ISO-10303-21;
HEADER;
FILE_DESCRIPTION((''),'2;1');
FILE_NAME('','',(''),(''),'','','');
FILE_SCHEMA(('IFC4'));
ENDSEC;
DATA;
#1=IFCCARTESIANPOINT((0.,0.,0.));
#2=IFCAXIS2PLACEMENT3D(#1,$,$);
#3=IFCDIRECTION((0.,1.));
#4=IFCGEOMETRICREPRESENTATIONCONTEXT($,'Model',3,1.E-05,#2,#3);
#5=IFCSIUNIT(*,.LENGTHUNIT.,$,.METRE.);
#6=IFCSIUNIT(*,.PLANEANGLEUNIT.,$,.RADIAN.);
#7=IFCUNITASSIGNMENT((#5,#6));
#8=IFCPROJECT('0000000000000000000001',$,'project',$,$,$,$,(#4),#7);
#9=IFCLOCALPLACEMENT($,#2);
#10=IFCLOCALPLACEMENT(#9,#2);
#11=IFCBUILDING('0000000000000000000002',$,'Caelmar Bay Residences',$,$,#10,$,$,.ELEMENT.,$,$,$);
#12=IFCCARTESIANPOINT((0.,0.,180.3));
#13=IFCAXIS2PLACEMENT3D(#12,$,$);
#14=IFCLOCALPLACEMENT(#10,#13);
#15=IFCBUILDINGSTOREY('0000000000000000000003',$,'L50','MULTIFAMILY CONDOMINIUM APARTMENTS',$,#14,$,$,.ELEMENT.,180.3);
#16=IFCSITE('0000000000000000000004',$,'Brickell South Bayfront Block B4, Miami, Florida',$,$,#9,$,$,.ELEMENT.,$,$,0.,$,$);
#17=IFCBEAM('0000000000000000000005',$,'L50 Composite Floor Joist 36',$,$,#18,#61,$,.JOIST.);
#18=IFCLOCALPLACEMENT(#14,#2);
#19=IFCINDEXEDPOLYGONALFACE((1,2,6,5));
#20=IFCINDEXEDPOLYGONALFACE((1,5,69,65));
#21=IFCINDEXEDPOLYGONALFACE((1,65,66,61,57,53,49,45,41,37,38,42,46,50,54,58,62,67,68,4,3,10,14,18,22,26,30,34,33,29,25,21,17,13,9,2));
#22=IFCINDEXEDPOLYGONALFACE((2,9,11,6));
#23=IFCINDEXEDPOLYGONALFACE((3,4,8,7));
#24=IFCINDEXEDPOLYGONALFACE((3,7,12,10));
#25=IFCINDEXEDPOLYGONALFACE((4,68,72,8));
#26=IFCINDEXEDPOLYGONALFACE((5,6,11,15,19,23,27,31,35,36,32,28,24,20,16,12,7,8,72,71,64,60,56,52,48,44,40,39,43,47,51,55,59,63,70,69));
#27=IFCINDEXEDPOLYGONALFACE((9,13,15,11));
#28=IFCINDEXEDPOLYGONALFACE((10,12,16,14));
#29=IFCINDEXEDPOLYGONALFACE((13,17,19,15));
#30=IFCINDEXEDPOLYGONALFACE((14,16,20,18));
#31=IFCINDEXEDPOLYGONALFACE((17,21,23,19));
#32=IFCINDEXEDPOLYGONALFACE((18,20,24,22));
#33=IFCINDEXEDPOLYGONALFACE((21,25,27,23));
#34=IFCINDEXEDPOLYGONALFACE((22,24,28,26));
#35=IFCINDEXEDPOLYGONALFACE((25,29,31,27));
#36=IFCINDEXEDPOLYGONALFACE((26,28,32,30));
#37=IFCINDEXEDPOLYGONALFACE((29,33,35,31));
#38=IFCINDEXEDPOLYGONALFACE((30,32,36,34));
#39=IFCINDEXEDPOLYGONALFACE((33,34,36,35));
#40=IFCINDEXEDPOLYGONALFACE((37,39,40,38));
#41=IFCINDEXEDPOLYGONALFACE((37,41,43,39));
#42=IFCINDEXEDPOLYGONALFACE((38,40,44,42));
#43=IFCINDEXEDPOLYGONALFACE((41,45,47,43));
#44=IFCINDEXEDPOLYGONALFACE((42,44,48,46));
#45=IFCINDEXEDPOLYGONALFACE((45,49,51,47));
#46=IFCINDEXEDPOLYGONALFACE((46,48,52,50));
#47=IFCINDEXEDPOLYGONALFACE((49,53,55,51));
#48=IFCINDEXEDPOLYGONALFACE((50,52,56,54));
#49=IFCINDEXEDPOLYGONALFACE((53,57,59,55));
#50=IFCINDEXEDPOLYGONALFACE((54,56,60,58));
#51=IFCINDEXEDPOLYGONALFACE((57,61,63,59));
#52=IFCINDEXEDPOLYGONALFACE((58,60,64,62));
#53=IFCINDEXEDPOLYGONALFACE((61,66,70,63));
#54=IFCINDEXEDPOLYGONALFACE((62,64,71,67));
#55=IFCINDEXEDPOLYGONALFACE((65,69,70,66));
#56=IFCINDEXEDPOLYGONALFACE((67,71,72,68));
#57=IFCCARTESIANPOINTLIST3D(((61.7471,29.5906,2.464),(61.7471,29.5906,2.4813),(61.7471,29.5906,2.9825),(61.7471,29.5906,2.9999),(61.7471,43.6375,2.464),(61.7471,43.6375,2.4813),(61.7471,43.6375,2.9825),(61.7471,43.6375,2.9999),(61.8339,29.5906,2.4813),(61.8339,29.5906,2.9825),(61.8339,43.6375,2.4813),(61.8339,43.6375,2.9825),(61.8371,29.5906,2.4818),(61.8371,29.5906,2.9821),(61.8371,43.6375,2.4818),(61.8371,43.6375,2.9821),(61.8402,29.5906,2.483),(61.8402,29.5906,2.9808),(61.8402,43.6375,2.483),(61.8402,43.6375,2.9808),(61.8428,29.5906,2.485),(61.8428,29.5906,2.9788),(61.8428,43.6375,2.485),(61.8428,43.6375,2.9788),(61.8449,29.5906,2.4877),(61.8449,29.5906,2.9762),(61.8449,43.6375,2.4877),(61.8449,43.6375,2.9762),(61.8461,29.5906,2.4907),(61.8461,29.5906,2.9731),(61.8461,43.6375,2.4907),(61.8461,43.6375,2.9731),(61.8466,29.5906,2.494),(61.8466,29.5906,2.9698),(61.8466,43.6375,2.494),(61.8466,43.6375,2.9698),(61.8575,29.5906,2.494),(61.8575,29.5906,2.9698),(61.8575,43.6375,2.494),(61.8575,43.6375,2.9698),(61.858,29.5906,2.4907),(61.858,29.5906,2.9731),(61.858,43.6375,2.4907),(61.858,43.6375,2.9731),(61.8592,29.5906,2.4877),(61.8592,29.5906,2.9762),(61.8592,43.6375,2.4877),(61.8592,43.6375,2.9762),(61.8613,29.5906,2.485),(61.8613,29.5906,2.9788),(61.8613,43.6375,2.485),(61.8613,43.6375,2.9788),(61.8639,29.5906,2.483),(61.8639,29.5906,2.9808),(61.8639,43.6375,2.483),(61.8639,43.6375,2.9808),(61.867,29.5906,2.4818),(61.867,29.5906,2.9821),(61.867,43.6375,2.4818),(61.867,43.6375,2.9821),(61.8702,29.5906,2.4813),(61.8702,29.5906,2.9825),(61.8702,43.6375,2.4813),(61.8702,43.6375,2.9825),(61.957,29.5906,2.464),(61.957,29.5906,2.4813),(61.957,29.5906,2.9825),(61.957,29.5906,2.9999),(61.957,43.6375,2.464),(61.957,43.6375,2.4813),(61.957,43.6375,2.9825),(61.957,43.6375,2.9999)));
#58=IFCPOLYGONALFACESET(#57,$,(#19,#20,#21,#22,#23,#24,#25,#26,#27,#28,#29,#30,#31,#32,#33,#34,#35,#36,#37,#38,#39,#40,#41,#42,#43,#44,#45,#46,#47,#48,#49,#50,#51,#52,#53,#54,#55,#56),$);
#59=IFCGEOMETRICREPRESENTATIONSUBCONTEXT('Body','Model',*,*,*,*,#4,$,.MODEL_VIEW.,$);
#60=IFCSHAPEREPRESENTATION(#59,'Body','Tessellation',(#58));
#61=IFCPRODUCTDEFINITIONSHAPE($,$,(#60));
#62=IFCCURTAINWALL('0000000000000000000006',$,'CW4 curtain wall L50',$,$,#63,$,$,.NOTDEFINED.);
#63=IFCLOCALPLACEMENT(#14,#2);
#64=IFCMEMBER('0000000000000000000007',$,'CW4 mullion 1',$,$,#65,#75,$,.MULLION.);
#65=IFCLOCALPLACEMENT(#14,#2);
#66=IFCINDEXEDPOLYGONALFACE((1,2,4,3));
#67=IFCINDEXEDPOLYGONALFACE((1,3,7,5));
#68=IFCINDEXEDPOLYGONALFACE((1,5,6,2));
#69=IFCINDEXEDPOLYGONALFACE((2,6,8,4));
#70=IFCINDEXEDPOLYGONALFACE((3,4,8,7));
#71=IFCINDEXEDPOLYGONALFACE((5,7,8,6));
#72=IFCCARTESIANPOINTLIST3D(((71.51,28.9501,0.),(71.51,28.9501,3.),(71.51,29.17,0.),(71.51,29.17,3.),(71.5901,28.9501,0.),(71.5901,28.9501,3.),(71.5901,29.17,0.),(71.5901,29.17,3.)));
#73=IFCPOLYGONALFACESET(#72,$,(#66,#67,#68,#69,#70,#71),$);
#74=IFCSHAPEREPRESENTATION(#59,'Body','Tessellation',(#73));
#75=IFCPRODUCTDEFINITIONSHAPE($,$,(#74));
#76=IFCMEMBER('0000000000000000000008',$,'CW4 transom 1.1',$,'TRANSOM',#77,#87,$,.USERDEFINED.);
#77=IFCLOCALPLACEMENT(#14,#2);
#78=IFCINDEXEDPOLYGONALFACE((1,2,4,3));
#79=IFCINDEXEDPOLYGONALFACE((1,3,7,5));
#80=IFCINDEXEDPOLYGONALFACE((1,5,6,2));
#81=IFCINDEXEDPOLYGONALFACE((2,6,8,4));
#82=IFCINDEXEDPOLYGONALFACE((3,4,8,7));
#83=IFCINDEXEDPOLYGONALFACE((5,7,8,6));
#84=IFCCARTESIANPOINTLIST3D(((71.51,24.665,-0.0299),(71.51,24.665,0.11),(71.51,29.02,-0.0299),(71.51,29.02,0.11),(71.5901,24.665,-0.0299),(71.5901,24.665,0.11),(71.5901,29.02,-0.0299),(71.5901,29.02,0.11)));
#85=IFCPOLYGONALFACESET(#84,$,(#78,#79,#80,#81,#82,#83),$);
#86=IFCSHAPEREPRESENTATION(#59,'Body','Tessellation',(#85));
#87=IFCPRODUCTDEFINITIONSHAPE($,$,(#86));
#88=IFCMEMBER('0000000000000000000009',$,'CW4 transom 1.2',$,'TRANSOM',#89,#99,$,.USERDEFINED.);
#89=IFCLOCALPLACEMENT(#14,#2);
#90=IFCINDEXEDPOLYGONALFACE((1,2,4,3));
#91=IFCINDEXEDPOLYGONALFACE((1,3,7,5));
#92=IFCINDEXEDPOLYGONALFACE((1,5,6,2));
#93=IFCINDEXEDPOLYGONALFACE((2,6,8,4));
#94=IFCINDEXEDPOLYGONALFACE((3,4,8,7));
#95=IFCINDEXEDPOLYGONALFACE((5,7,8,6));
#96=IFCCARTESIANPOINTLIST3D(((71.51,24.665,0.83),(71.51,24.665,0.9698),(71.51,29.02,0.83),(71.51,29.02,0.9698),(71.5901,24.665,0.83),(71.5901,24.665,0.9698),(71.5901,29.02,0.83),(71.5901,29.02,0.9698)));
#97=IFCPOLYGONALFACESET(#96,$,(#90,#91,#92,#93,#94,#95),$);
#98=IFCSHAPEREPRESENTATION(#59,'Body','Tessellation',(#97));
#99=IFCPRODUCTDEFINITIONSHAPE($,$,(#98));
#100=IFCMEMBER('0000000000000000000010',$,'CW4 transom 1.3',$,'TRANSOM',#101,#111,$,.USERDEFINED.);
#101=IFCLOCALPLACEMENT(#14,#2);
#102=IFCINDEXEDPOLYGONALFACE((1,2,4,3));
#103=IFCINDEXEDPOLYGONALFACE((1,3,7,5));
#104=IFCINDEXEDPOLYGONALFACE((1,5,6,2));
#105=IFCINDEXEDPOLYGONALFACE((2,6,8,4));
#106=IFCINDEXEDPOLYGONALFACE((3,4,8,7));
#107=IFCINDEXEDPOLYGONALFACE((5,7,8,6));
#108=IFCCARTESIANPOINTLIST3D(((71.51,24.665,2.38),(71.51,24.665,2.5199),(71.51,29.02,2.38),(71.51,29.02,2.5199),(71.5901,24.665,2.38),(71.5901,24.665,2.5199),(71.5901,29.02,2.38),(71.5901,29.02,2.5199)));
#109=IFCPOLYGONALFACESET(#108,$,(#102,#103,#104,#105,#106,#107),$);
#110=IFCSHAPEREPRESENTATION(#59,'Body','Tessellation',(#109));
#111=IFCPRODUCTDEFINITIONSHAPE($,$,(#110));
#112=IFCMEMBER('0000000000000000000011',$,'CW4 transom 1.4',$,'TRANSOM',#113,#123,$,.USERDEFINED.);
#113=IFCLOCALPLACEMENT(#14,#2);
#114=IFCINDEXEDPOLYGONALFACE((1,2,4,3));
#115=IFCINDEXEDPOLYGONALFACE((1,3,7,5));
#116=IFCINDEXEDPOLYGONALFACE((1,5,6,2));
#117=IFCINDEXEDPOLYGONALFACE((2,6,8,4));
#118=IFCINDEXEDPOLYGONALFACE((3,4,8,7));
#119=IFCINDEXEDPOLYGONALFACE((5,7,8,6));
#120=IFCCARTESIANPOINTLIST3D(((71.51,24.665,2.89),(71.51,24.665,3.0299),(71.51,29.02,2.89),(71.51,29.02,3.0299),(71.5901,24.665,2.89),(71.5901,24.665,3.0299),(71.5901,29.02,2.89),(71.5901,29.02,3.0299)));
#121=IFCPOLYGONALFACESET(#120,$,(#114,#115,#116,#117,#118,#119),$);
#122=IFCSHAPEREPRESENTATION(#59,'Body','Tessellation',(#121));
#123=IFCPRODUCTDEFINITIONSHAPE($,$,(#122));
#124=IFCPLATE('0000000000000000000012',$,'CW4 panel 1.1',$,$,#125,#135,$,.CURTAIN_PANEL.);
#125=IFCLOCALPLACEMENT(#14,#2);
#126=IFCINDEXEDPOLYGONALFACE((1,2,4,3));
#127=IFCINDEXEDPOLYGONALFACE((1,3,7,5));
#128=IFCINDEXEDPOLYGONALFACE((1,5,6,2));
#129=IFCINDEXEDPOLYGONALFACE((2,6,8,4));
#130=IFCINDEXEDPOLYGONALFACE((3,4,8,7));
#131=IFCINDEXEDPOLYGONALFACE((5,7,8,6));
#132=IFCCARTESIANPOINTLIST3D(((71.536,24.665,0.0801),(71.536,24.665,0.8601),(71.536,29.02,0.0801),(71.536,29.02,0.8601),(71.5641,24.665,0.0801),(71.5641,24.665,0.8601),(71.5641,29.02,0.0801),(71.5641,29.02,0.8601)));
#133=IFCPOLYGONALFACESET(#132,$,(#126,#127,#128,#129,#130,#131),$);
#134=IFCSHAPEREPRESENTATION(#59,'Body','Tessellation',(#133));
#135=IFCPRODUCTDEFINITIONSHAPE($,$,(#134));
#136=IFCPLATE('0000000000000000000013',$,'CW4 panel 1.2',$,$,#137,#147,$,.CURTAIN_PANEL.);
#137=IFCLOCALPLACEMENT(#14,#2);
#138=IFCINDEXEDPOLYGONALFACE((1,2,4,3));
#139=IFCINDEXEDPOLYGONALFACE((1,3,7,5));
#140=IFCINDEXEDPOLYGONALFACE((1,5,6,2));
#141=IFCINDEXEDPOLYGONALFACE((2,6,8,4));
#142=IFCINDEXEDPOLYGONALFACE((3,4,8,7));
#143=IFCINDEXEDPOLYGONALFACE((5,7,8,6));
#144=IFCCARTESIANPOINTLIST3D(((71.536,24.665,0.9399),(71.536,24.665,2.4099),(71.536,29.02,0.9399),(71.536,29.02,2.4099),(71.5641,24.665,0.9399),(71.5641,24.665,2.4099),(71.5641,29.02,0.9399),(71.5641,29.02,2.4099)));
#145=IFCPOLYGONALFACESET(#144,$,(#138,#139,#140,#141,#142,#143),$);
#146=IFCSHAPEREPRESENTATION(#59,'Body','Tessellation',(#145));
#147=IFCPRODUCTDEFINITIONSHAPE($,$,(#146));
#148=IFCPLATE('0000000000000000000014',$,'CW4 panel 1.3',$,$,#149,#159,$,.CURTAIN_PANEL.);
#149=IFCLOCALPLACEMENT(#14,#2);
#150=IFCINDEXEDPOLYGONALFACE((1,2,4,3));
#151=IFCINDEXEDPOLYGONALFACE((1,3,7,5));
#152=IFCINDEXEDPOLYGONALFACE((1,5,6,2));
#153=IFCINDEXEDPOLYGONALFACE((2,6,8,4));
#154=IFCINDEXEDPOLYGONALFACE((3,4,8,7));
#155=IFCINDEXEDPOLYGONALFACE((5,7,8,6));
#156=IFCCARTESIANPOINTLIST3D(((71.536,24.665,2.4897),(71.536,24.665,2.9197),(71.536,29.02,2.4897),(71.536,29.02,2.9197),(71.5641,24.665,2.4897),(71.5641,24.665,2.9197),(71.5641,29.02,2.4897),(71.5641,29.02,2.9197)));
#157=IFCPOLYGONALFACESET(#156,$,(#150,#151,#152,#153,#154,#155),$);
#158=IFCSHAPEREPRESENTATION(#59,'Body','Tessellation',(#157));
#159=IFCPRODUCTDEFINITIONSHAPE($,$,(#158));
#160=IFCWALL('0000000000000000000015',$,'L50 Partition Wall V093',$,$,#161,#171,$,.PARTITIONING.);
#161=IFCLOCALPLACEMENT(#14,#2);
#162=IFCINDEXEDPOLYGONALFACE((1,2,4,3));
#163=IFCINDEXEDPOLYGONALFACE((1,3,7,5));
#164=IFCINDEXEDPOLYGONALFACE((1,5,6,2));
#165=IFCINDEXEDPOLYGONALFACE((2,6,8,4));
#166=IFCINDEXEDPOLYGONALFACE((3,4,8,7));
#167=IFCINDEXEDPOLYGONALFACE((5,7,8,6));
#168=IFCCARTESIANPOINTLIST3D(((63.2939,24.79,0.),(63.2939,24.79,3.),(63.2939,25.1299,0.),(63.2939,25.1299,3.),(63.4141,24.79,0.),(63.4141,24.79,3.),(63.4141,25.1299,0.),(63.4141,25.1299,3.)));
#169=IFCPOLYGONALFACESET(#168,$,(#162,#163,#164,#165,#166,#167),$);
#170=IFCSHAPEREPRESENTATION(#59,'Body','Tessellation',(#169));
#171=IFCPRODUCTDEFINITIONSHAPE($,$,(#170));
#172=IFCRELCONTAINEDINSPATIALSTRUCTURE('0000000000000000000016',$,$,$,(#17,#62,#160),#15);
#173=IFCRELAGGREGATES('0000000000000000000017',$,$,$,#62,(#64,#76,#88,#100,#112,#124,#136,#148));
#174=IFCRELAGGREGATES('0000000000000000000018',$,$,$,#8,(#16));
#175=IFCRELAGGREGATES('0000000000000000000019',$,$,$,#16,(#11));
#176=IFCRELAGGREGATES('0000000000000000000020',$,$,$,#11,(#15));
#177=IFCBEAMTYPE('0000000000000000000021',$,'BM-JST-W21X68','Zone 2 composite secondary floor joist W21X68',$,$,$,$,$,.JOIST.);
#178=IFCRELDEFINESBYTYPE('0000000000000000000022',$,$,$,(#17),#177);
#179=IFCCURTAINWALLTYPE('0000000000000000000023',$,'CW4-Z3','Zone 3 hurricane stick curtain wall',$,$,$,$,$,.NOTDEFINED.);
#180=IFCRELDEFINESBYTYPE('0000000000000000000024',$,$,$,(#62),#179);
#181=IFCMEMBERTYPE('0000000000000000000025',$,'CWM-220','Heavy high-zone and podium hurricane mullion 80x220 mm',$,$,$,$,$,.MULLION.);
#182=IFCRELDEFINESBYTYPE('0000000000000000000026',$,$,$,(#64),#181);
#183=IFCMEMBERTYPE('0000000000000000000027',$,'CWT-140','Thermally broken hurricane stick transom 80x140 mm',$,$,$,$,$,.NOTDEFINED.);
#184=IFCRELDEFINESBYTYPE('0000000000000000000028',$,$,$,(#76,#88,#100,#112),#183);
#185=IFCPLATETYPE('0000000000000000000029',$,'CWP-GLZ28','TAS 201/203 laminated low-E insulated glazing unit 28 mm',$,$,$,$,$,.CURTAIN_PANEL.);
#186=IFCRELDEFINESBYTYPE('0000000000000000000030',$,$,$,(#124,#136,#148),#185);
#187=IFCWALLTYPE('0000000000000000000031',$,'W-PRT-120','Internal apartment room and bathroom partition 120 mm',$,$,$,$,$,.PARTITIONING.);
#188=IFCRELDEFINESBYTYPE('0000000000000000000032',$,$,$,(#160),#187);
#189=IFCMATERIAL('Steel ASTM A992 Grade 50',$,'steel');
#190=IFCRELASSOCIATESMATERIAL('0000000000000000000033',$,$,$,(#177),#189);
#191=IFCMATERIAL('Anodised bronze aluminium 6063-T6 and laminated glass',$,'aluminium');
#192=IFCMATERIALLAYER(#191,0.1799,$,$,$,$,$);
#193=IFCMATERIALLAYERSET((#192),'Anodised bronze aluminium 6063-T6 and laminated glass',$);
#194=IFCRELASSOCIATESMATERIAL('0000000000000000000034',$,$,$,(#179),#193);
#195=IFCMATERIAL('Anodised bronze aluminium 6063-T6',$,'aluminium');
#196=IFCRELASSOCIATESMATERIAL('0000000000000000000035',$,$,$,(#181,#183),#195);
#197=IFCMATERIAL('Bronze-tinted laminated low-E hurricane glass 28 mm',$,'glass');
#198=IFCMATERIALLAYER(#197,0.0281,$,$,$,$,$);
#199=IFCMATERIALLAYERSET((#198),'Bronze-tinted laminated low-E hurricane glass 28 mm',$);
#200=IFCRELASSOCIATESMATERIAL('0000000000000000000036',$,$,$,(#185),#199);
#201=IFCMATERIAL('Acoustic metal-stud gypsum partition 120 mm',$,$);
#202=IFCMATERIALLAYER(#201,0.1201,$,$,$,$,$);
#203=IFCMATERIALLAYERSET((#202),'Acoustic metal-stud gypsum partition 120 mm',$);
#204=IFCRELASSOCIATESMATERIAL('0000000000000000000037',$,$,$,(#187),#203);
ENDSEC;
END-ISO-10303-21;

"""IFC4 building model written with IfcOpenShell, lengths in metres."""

from ifc_helpers import new_model, si_unit, direction, frame, frame_2d, origin, origin_2d, place, context, subcontext, project, spatial, rectangle, i_section, extrude, material, layer, layer_set, material_profile, profile_set, type_object, element, aggregate, save


model = new_model("IFC4")

# Units and contexts
model_context = context("Model", 3, precision=1e-05, world=origin(), true_north=direction((0.0, 1.0)))
body_context = subcontext(model_context, "Body", "Model", "MODEL_VIEW")
ifc_project = project(units=[si_unit("LENGTHUNIT", "METRE"), si_unit("PLANEANGLEUNIT", "RADIAN")], contexts=[model_context])

# Site, building, storey
site_placement = place(None, origin())
site = spatial("IfcSite", under=ifc_project, at=site_placement, Name="Brickell South Bayfront Block B4, Miami, Florida", CompositionType="ELEMENT", RefElevation=0.0)
building_placement = place(site_placement, origin())
building = spatial("IfcBuilding", under=site, at=building_placement, Name="Caelmar Bay Residences", CompositionType="ELEMENT")
storey_placement = place(building_placement, frame((0.0, 0.0, 180.3)))
storey = spatial("IfcBuildingStorey", under=building, at=storey_placement, Name="L50", Description="MULTIFAMILY CONDOMINIUM APARTMENTS", CompositionType="ELEMENT", Elevation=180.3)

# Beam
ifc_material_1 = material(Name="Steel ASTM A992 Grade 50", Category="steel")
ifc_material_profile_1 = material_profile(ifc_material_1, i_section(OverallWidth=0.21, OverallDepth=0.5359, WebThickness=0.011, FlangeThickness=0.0173, FilletRadius=0.0127, at=origin_2d()), Name="W21X68")
ifc_profile_set_1 = profile_set([ifc_material_profile_1], Name="Steel ASTM A992 Grade 50")
beam_type_1 = type_object("IfcBeamType", Name="BM-JST-W21X68", Description="Zone 2 composite secondary floor joist W21X68", PredefinedType="JOIST", material=ifc_profile_set_1)
beam_1_placement = place(storey_placement, frame((61.8521, 29.5906, 2.7319), z_axis=(0.0, 1.0, 0.0), x_axis=(-1.0, 0.0, 0.0)))
element("IfcBeam", 1, at=beam_1_placement, inside=storey, type_object=beam_type_1, Name="L50 Composite Floor Joist 36", PredefinedType="JOIST", context=body_context, shape_type="SweptSolid", body=[
    extrude(i_section(OverallWidth=0.21, OverallDepth=0.5359, WebThickness=0.011, FlangeThickness=0.0173, FilletRadius=0.0127, at=origin_2d()), origin(), (0.0, 0.0, 1.0), 14.0469),
])

# Curtain wall, members, plates
ifc_material_2 = material(Name="Anodised bronze aluminium 6063-T6 and laminated glass", Category="aluminium")
ifc_layer_1 = layer(ifc_material_2, 0.1799)
ifc_layer_set_1 = layer_set([ifc_layer_1], Name="Anodised bronze aluminium 6063-T6 and laminated glass")
curtain_wall_type = type_object("IfcCurtainWallType", Name="CW4-Z3", Description="Zone 3 hurricane stick curtain wall", PredefinedType="NOTDEFINED", material=ifc_layer_set_1)
curtain_wall_placement = place(storey_placement, origin())
curtain_wall = element("IfcCurtainWall", 2, at=curtain_wall_placement, inside=storey, type_object=curtain_wall_type, Name="CW4 curtain wall L50", PredefinedType="NOTDEFINED")
ifc_material_3 = material(Name="Anodised bronze aluminium 6063-T6", Category="aluminium")
ifc_material_profile_2 = material_profile(ifc_material_3, rectangle(XDim=0.0801, YDim=0.22, at=origin_2d()), Name="CWM-80X220")
ifc_profile_set_2 = profile_set([ifc_material_profile_2], Name="Anodised bronze aluminium 6063-T6")
member_type_1 = type_object("IfcMemberType", Name="CWM-220", Description="Heavy high-zone and podium hurricane mullion 80x220 mm", PredefinedType="MULLION", material=ifc_profile_set_2)
member_1_placement = place(storey_placement, frame((71.55, 29.0601, 0.0), z_axis=(0.0, 0.0, 1.0), x_axis=(1.0, 0.0, 0.0)))
member_1 = element("IfcMember", 3, at=member_1_placement, type_object=member_type_1, Name="CW4 mullion 1", PredefinedType="MULLION", context=body_context, shape_type="SweptSolid", body=[
    extrude(rectangle(XDim=0.0801, YDim=0.22, at=origin_2d()), origin(), (0.0, 0.0, 1.0), 3.0),
])
ifc_material_profile_3 = material_profile(ifc_material_3, rectangle(XDim=0.0801, YDim=0.1399, at=origin_2d()), Name="CWT-80X140")
ifc_profile_set_3 = profile_set([ifc_material_profile_3], Name="Anodised bronze aluminium 6063-T6")
member_type_2 = type_object("IfcMemberType", Name="CWT-140", Description="Thermally broken hurricane stick transom 80x140 mm", PredefinedType="NOTDEFINED", material=ifc_profile_set_3)
member_2_placement = place(storey_placement, frame((71.55, 29.02, 0.04), z_axis=(0.0, -1.0, 0.0), x_axis=(1.0, 0.0, 0.0)))
member_2 = element("IfcMember", 4, at=member_2_placement, type_object=member_type_2, Name="CW4 transom 1.1", ObjectType="TRANSOM", PredefinedType="USERDEFINED", context=body_context, shape_type="SweptSolid", body=[
    extrude(rectangle(XDim=0.0801, YDim=0.1399, at=origin_2d()), origin(), (0.0, 0.0, 1.0), 4.355),
])
member_3_placement = place(storey_placement, frame((71.55, 29.02, 0.8999), z_axis=(0.0, -1.0, 0.0), x_axis=(1.0, 0.0, 0.0)))
member_3 = element("IfcMember", 5, at=member_3_placement, type_object=member_type_2, Name="CW4 transom 1.2", ObjectType="TRANSOM", PredefinedType="USERDEFINED", context=body_context, shape_type="SweptSolid", body=[
    extrude(rectangle(XDim=0.0801, YDim=0.1399, at=origin_2d()), origin(), (0.0, 0.0, 1.0), 4.355),
])
member_4_placement = place(storey_placement, frame((71.55, 29.02, 2.45), z_axis=(0.0, -1.0, 0.0), x_axis=(1.0, 0.0, 0.0)))
member_4 = element("IfcMember", 6, at=member_4_placement, type_object=member_type_2, Name="CW4 transom 1.3", ObjectType="TRANSOM", PredefinedType="USERDEFINED", context=body_context, shape_type="SweptSolid", body=[
    extrude(rectangle(XDim=0.0801, YDim=0.1399, at=origin_2d()), origin(), (0.0, 0.0, 1.0), 4.355),
])
member_5_placement = place(storey_placement, frame((71.55, 29.02, 2.96), z_axis=(0.0, -1.0, 0.0), x_axis=(1.0, 0.0, 0.0)))
member_5 = element("IfcMember", 7, at=member_5_placement, type_object=member_type_2, Name="CW4 transom 1.4", ObjectType="TRANSOM", PredefinedType="USERDEFINED", context=body_context, shape_type="SweptSolid", body=[
    extrude(rectangle(XDim=0.0801, YDim=0.1399, at=origin_2d()), origin(), (0.0, 0.0, 1.0), 4.355),
])
ifc_material_4 = material(Name="Bronze-tinted laminated low-E hurricane glass 28 mm", Category="glass")
ifc_layer_2 = layer(ifc_material_4, 0.0281)
ifc_layer_set_2 = layer_set([ifc_layer_2], Name="Bronze-tinted laminated low-E hurricane glass 28 mm")
plate_type = type_object("IfcPlateType", Name="CWP-GLZ28", Description="TAS 201/203 laminated low-E insulated glazing unit 28 mm", PredefinedType="CURTAIN_PANEL", material=ifc_layer_set_2)
plate_1_placement = place(storey_placement, frame((71.55, 26.8425, 0.0801), z_axis=(0.0, 0.0, 1.0), x_axis=(0.0, -1.0, 0.0)))
plate_1 = element("IfcPlate", 8, at=plate_1_placement, type_object=plate_type, Name="CW4 panel 1.1", PredefinedType="CURTAIN_PANEL", context=body_context, shape_type="SweptSolid", body=[
    extrude(rectangle(XDim=4.355, YDim=0.0281, at=origin_2d()), origin(), (0.0, 0.0, 1.0), 0.78),
])
plate_2_placement = place(storey_placement, frame((71.55, 26.8425, 0.9399), z_axis=(0.0, 0.0, 1.0), x_axis=(0.0, -1.0, 0.0)))
plate_2 = element("IfcPlate", 9, at=plate_2_placement, type_object=plate_type, Name="CW4 panel 1.2", PredefinedType="CURTAIN_PANEL", context=body_context, shape_type="SweptSolid", body=[
    extrude(rectangle(XDim=4.355, YDim=0.0281, at=origin_2d()), origin(), (0.0, 0.0, 1.0), 1.47),
])
plate_3_placement = place(storey_placement, frame((71.55, 26.8425, 2.4897), z_axis=(0.0, 0.0, 1.0), x_axis=(0.0, -1.0, 0.0)))
plate_3 = element("IfcPlate", 10, at=plate_3_placement, type_object=plate_type, Name="CW4 panel 1.3", PredefinedType="CURTAIN_PANEL", context=body_context, shape_type="SweptSolid", body=[
    extrude(rectangle(XDim=4.355, YDim=0.0281, at=origin_2d()), origin(), (0.0, 0.0, 1.0), 0.4299),
])
aggregate(curtain_wall, [member_1, member_2, member_3, member_4, member_5, plate_1, plate_2, plate_3])

# Wall
ifc_material_5 = material(Name="Acoustic metal-stud gypsum partition 120 mm")
ifc_layer_3 = layer(ifc_material_5, 0.1201)
ifc_layer_set_3 = layer_set([ifc_layer_3], Name="Acoustic metal-stud gypsum partition 120 mm")
wall_type = type_object("IfcWallType", Name="W-PRT-120", Description="Internal apartment room and bathroom partition 120 mm", PredefinedType="PARTITIONING", material=ifc_layer_set_3)
wall_1_placement = place(storey_placement, frame((63.354, 24.79, 0.0), z_axis=(0.0, 0.0, 1.0), x_axis=(0.0, 1.0, 0.0)))
element("IfcWall", 11, at=wall_1_placement, inside=storey, type_object=wall_type, Name="L50 Partition Wall V093", PredefinedType="PARTITIONING", context=body_context, shape_type="SweptSolid", body=[
    extrude(rectangle(XDim=0.3398, YDim=0.1201, at=frame_2d((0.1699, 0.0))), origin(), (0.0, 0.0, 1.0), 3.0),
])

save(model, "model.ifc")
